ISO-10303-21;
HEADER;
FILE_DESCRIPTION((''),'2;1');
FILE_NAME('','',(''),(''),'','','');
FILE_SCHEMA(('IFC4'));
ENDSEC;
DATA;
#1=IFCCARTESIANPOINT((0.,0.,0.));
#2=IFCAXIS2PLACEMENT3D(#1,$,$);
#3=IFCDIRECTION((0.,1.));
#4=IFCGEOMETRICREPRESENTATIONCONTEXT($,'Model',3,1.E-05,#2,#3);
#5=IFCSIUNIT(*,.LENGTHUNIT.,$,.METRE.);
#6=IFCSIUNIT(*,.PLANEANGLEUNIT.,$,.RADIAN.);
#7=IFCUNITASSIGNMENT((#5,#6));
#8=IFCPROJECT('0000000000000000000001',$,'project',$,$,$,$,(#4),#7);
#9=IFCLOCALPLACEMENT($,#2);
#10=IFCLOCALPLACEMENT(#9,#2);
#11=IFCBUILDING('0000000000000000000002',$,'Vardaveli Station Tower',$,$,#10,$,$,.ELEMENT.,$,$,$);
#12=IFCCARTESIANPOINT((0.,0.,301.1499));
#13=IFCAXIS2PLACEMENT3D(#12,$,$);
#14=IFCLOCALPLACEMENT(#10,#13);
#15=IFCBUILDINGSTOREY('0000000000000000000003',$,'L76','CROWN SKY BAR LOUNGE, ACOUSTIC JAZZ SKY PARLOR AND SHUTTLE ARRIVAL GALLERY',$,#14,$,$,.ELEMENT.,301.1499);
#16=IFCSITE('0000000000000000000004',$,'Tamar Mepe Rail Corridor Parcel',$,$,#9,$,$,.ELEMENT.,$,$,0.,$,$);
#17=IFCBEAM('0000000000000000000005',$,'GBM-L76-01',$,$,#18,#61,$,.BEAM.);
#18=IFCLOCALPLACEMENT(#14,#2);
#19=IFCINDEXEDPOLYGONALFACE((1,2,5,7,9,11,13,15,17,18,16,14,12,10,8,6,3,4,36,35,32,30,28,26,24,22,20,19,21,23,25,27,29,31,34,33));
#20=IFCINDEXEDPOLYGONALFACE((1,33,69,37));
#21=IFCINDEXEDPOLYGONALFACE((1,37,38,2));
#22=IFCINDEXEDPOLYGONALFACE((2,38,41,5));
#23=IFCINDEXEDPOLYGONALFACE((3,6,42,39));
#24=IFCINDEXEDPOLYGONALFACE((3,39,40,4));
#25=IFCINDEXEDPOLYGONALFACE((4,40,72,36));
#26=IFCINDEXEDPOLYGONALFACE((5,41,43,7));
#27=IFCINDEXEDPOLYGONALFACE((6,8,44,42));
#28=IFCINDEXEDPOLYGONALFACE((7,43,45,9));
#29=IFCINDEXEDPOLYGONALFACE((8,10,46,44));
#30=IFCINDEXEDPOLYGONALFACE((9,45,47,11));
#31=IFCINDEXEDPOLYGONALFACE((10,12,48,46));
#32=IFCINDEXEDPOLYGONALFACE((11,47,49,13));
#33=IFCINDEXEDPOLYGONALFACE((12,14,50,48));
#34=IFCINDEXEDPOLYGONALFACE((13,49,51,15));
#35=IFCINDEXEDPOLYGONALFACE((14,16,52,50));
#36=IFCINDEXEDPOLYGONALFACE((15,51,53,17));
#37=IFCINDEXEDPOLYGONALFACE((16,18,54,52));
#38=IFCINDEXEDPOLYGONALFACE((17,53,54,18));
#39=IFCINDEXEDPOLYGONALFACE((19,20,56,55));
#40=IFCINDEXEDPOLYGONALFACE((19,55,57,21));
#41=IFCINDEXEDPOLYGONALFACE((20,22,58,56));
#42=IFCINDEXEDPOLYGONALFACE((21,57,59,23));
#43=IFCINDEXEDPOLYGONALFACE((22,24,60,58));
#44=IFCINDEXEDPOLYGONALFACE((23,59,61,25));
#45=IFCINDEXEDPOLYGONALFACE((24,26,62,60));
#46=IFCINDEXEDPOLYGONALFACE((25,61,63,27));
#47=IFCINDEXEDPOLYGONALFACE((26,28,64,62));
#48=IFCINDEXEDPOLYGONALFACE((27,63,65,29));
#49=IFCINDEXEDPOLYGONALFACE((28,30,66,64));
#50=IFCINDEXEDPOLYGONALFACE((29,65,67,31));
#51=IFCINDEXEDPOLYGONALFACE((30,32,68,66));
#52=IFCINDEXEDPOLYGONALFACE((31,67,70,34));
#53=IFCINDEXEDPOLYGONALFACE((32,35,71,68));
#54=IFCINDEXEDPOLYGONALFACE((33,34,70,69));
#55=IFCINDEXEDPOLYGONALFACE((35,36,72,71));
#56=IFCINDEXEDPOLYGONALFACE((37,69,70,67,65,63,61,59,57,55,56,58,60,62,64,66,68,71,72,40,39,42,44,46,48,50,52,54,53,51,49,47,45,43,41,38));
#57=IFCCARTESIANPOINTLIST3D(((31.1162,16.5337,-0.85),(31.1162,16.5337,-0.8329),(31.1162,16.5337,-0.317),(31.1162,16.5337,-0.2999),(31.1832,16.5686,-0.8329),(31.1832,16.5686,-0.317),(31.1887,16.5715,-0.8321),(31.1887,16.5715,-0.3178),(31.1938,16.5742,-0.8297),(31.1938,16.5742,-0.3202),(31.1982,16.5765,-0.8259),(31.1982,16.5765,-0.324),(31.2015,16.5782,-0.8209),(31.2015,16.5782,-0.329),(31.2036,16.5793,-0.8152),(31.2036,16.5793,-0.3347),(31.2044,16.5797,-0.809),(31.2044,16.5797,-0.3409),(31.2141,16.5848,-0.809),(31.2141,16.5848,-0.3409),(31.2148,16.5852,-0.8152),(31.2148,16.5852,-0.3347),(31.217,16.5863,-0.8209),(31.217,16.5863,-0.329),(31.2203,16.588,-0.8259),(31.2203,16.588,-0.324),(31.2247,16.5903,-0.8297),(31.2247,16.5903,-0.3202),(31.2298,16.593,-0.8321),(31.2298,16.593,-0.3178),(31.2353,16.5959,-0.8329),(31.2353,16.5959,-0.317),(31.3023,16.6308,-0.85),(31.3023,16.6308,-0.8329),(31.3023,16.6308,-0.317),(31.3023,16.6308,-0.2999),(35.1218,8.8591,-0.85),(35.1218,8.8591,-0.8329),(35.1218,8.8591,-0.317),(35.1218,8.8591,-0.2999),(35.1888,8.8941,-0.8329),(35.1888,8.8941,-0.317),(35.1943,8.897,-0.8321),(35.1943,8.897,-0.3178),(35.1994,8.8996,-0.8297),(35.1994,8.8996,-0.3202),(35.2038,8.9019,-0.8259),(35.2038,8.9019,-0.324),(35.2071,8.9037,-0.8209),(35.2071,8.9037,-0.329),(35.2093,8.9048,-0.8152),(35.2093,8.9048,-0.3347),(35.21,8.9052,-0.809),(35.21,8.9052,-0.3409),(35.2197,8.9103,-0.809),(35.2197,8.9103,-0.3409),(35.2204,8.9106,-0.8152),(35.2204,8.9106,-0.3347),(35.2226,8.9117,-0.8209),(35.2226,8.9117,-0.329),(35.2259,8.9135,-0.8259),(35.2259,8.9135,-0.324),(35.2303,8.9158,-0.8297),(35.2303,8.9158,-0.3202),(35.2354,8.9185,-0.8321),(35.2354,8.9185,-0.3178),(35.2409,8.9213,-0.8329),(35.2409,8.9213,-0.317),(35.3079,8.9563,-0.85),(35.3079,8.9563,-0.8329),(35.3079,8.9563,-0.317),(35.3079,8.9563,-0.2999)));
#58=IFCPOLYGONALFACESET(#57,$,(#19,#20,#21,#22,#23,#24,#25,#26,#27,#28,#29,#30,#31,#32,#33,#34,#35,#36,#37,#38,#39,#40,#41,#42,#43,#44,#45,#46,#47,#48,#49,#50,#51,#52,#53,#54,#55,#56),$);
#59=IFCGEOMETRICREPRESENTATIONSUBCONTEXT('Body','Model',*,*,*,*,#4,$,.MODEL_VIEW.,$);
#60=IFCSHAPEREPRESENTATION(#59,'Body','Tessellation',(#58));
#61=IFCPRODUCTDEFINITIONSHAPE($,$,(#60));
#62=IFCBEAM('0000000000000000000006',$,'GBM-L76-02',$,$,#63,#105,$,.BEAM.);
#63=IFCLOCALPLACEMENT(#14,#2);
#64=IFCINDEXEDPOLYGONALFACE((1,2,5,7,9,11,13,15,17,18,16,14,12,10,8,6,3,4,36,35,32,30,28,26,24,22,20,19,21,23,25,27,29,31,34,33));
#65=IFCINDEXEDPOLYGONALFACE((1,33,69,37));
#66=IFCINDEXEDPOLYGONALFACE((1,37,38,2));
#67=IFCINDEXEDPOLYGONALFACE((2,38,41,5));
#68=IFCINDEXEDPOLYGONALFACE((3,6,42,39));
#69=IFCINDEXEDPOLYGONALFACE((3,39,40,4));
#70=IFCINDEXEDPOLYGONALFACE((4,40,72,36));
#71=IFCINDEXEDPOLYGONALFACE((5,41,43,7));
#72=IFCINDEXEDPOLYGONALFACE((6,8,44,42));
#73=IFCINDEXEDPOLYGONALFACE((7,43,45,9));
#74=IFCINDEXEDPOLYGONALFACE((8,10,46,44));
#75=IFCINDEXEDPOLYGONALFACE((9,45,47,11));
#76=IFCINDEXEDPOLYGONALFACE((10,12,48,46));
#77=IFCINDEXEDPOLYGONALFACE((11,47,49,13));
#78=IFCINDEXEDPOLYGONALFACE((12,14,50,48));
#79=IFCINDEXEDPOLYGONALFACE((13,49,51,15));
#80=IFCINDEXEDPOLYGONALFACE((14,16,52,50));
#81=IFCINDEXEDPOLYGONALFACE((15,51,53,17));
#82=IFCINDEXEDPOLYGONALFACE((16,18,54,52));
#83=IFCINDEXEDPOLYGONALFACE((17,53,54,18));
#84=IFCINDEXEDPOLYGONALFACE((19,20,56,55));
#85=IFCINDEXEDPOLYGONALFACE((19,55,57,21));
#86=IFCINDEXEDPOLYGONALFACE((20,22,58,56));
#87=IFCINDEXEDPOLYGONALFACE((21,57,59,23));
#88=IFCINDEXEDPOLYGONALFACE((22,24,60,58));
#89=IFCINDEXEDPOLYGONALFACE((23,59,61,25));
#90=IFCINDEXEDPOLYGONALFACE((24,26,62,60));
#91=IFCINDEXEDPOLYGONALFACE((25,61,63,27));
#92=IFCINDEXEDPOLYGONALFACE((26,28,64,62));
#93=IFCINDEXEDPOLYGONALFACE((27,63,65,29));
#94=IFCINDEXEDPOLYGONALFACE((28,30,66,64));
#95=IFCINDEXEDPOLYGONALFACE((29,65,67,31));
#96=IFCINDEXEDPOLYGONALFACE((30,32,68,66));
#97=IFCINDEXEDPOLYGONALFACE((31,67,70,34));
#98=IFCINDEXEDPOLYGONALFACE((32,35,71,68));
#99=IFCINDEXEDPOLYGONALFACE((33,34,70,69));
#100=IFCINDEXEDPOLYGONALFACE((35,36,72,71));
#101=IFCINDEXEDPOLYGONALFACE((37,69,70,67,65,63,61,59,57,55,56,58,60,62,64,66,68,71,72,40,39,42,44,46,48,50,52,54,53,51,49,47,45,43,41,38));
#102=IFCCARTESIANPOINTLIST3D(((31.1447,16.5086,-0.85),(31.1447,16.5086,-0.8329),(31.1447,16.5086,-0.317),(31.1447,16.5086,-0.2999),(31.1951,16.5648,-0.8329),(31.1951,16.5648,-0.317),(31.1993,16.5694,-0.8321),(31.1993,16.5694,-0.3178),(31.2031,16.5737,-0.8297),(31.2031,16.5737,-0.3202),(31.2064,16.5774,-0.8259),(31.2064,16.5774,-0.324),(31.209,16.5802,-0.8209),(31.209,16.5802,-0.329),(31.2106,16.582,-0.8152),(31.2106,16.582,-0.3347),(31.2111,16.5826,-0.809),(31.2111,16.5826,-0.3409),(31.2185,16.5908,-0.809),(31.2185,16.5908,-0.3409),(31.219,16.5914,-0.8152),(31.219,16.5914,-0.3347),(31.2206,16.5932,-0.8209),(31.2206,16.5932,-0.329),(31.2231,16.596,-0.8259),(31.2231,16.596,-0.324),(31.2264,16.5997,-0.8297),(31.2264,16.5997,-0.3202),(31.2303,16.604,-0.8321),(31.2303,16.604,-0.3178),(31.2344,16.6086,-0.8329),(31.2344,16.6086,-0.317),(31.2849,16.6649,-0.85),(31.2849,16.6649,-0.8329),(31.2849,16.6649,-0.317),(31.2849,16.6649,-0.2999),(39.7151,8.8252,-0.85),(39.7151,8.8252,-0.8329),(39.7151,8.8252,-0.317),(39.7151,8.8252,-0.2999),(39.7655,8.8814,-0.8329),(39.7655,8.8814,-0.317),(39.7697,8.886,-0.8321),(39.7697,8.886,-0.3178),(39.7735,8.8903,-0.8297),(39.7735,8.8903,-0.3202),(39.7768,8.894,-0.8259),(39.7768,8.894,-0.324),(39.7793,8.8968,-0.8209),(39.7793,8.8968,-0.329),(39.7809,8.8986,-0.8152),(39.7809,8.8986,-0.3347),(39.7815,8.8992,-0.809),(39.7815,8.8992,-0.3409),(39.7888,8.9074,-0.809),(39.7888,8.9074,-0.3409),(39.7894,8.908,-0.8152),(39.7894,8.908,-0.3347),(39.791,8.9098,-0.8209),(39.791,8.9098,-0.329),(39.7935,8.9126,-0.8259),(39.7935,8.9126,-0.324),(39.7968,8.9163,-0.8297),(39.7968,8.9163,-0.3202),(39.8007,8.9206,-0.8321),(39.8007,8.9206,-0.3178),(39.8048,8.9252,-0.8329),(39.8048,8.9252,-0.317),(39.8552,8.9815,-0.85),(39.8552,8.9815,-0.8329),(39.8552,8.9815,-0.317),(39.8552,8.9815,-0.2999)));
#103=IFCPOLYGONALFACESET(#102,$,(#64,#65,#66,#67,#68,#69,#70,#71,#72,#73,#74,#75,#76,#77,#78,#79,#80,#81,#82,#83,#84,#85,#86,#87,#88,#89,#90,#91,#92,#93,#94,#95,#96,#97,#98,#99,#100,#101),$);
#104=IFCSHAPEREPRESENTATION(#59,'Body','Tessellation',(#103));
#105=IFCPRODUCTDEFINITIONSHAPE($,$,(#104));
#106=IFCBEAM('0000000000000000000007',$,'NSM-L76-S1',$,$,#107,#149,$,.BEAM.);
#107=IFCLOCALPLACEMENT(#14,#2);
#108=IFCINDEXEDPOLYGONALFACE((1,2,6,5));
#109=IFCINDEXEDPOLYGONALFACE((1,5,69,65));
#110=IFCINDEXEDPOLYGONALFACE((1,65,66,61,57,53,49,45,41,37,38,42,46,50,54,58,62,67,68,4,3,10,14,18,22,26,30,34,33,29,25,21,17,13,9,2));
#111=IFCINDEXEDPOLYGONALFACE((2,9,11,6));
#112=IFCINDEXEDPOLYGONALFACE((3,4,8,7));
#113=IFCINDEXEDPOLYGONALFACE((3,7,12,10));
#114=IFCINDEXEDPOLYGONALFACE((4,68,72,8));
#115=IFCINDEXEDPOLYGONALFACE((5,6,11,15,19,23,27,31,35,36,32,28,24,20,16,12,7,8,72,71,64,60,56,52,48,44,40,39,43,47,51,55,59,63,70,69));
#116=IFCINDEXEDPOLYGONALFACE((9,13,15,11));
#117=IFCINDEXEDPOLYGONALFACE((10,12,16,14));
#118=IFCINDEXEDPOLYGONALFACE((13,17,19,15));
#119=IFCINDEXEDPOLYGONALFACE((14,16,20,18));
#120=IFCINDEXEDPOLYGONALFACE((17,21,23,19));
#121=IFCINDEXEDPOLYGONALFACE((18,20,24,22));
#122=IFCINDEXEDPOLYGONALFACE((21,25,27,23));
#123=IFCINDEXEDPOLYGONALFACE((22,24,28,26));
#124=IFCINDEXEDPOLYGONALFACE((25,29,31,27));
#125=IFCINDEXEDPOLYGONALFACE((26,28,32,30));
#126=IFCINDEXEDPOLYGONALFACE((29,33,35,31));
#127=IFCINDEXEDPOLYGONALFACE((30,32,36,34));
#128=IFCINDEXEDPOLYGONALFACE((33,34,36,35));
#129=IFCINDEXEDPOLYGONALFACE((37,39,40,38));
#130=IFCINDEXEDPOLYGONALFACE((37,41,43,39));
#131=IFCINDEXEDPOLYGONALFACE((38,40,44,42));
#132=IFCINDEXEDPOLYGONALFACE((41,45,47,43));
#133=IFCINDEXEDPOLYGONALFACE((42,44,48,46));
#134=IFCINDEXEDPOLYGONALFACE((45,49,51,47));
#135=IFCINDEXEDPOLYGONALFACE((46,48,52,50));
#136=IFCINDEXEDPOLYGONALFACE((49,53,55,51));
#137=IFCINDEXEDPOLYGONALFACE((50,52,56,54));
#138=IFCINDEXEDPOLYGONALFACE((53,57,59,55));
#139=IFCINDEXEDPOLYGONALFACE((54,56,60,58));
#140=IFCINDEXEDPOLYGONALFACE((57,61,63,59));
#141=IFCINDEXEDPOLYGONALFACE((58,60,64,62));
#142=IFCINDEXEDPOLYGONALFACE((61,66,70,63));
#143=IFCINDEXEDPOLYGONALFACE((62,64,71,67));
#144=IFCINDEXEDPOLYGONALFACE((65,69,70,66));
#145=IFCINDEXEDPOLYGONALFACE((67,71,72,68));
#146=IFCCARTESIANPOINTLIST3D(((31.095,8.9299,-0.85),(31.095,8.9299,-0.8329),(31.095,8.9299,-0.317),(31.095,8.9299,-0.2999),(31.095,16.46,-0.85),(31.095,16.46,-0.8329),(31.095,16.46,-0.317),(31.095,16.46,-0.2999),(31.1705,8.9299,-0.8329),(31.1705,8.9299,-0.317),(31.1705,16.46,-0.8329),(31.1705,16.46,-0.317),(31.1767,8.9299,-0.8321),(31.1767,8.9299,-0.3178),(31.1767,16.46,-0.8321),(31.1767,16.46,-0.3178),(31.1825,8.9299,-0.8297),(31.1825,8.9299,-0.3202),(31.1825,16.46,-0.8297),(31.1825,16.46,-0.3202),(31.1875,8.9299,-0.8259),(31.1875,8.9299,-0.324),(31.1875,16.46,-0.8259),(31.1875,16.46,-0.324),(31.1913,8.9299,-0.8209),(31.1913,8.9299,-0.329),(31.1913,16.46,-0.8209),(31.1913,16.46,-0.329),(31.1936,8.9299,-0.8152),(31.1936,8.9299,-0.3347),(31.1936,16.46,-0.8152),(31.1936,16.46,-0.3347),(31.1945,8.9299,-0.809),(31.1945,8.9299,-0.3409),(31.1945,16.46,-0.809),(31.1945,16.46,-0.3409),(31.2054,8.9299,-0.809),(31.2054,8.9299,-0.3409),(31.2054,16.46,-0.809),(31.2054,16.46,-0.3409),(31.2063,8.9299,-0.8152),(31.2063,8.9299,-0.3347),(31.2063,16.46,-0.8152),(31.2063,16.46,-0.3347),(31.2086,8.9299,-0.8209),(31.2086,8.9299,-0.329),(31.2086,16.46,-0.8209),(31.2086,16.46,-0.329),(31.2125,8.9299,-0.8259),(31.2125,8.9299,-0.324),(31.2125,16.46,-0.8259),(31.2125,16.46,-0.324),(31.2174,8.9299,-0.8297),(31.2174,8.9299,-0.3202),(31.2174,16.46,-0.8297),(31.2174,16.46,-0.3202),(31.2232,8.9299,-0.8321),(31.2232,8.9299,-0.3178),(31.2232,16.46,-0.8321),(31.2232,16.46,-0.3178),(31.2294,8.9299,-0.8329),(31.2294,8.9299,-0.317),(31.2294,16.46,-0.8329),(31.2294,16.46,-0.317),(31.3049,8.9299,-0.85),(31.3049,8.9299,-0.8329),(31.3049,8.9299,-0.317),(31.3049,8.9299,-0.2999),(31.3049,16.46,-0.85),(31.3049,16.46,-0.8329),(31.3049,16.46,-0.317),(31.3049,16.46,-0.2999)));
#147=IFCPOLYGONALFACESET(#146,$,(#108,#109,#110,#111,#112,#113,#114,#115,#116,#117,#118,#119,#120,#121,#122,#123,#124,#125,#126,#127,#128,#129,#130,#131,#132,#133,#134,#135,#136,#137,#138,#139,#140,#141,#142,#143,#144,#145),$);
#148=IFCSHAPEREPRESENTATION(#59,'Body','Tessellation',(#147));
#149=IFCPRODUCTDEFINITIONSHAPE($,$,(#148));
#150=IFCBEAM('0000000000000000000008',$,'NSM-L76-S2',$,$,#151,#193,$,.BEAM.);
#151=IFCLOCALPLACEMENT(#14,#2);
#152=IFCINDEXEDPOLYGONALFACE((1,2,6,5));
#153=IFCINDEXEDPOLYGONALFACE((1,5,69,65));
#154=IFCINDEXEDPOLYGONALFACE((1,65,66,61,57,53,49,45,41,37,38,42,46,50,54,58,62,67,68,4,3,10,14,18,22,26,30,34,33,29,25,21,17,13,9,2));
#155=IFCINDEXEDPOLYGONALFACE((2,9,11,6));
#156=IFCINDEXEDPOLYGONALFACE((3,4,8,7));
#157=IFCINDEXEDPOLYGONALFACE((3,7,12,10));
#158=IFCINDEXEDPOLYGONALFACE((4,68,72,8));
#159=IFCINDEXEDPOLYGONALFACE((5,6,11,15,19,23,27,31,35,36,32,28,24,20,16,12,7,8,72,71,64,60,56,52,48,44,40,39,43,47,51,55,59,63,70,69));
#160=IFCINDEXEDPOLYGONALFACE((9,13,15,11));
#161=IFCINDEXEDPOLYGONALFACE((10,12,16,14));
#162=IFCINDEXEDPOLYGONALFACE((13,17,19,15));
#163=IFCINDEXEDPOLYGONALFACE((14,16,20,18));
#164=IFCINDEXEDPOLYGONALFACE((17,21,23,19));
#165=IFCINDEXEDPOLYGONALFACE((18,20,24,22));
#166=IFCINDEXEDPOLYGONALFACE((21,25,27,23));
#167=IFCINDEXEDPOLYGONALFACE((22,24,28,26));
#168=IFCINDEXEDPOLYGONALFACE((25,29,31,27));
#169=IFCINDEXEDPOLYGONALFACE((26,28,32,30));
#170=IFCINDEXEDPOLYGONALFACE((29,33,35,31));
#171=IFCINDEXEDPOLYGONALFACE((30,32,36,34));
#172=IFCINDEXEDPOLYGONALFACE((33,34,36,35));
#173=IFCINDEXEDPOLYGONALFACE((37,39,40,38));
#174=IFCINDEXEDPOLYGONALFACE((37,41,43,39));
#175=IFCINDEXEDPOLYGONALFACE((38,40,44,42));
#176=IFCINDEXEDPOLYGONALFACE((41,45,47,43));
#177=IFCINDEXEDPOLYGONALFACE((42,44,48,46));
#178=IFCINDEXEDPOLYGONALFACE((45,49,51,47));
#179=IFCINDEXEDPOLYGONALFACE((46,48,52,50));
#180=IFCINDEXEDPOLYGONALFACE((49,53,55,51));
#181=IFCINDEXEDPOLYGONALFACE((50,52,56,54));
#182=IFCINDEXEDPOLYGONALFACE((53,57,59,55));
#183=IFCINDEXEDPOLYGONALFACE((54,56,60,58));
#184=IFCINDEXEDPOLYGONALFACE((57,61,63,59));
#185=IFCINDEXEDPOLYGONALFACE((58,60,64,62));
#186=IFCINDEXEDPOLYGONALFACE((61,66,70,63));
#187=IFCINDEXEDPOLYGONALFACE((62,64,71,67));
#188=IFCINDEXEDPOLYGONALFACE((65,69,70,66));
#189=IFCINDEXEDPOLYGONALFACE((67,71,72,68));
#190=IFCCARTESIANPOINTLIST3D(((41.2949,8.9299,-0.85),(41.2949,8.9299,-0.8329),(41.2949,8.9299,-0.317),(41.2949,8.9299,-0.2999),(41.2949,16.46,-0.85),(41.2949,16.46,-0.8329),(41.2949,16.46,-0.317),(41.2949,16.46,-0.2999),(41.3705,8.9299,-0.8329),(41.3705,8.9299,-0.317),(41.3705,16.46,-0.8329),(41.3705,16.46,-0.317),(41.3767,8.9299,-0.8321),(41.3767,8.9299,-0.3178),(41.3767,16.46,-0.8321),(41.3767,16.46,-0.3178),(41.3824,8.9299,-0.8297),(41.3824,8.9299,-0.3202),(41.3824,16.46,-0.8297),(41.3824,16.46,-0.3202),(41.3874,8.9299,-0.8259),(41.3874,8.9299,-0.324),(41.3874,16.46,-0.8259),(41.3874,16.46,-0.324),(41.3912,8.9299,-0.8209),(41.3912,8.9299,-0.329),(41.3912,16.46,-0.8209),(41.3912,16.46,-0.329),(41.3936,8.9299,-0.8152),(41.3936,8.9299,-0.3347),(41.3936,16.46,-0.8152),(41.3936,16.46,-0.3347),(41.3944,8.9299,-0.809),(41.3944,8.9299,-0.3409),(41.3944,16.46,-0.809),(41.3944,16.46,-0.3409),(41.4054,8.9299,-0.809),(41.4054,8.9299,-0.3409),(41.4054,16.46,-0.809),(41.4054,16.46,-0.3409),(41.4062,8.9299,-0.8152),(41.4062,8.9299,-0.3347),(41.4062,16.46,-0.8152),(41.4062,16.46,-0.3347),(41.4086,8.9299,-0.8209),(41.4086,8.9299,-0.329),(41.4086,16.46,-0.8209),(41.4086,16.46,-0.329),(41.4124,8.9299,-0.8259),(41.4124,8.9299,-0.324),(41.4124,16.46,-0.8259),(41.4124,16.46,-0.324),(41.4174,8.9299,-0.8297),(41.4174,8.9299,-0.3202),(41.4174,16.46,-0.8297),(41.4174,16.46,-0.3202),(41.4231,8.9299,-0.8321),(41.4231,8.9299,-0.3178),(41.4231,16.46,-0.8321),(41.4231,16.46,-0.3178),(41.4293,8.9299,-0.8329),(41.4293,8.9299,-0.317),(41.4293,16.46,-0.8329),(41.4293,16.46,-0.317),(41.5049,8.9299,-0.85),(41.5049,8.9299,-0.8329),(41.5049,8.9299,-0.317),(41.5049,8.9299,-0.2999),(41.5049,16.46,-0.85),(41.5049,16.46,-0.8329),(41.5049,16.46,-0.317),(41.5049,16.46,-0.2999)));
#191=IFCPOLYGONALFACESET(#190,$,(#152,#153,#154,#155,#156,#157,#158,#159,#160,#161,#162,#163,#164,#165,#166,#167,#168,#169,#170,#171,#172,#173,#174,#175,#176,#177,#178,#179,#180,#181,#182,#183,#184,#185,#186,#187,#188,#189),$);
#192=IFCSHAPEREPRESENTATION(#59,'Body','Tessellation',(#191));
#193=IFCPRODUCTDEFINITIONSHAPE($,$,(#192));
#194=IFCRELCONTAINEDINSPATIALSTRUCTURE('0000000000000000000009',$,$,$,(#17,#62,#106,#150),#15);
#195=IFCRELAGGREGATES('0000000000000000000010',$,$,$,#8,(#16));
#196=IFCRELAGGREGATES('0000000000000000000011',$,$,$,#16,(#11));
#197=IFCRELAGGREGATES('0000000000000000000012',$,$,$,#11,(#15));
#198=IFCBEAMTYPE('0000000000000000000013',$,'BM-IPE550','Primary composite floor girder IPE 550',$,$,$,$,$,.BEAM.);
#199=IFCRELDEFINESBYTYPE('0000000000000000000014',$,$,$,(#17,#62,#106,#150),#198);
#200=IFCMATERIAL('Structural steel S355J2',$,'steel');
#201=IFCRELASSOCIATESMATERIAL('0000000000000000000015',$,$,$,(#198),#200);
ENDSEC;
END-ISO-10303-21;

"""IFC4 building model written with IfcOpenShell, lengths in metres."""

from ifc_helpers import new_model, si_unit, direction, frame, origin, origin_2d, place, context, subcontext, project, spatial, i_section, extrude, source, transform, mapped, material, material_profile, profile_set, type_object, element, save


model = new_model("IFC4")

# Units and contexts
model_context = context("Model", 3, precision=1e-05, world=origin(), true_north=direction((0.0, 1.0)))
body_context = subcontext(model_context, "Body", "Model", "MODEL_VIEW")
ifc_project = project(units=[si_unit("LENGTHUNIT", "METRE"), si_unit("PLANEANGLEUNIT", "RADIAN")], contexts=[model_context])

# Site, building, storey
site_placement = place(None, origin())
site = spatial("IfcSite", under=ifc_project, at=site_placement, Name="Tamar Mepe Rail Corridor Parcel", CompositionType="ELEMENT", RefElevation=0.0)
building_placement = place(site_placement, origin())
building = spatial("IfcBuilding", under=site, at=building_placement, Name="Vardaveli Station Tower", CompositionType="ELEMENT")
storey_placement = place(building_placement, frame((0.0, 0.0, 301.1499)))
storey = spatial("IfcBuildingStorey", under=building, at=storey_placement, Name="L76", Description="CROWN SKY BAR LOUNGE, ACOUSTIC JAZZ SKY PARLOR AND SHUTTLE ARRIVAL GALLERY", CompositionType="ELEMENT", Elevation=301.1499)

# Shared definitions
ifc_material_1 = material(Name="Structural steel S355J2", Category="steel")

# Beams
ifc_material_profile_1 = material_profile(ifc_material_1, i_section(OverallWidth=0.21, OverallDepth=0.55, WebThickness=0.011, FlangeThickness=0.0171, FilletRadius=0.0239, at=origin_2d()), Name="IPE 550")
ifc_profile_set_1 = profile_set([ifc_material_profile_1], Name="Structural steel S355J2")
beam_type_1 = type_object("IfcBeamType", Name="BM-IPE550", Description="Primary composite floor girder IPE 550", PredefinedType="BEAM", material=ifc_profile_set_1)
shared_shape_1 = source(origin(), body_context, "Body", "SweptSolid", [
    extrude(i_section(OverallWidth=0.21, OverallDepth=0.55, WebThickness=0.011, FlangeThickness=0.0171, FilletRadius=0.0239, at=origin_2d()), origin(), (0.0, 0.0, 1.0), 8.657),
])
beam_1_placement = place(storey_placement, frame((35.2148, 8.9077, -0.575), z_axis=(-0.462702, 0.886514, 0.0), x_axis=(-0.886514, -0.462702, 0.0)))
element("IfcBeam", 1, at=beam_1_placement, inside=storey, type_object=beam_type_1, Name="GBM-L76-01", PredefinedType="BEAM", context=body_context, shape_type="MappedRepresentation", body=[
    mapped(shared_shape_1, transform((0.0, 0.0, 0.0), scale=1.0)),
])
shared_shape_2 = source(origin(), body_context, "Body", "SweptSolid", [
    extrude(i_section(OverallWidth=0.21, OverallDepth=0.55, WebThickness=0.011, FlangeThickness=0.0171, FilletRadius=0.0239, at=origin_2d()), origin(), (0.0, 0.0, 1.0), 11.5103),
])
beam_2_placement = place(storey_placement, frame((39.7852, 8.9033, -0.575), z_axis=(-0.744586, 0.667527, 0.0), x_axis=(-0.667527, -0.744586, 0.0)))
element("IfcBeam", 2, at=beam_2_placement, inside=storey, type_object=beam_type_1, Name="GBM-L76-02", PredefinedType="BEAM", context=body_context, shape_type="MappedRepresentation", body=[
    mapped(shared_shape_2, transform((0.0, 0.0, 0.0), scale=1.0)),
])
shared_shape_3 = source(origin(), body_context, "Body", "SweptSolid", [
    extrude(i_section(OverallWidth=0.21, OverallDepth=0.55, WebThickness=0.011, FlangeThickness=0.0171, FilletRadius=0.0239, at=origin_2d()), origin(), (0.0, 0.0, 1.0), 7.53),
])
for number, where, z_axis, x_axis, name in (
    (3, (31.2, 8.9299, -0.575), (0.0, 1.0, 0.0), (-1.0, 0.0, 0.0), "NSM-L76-S1"),
    (4, (41.3999, 8.9299, -0.575), (0.0, 1.0, 0.0), (-1.0, 0.0, 0.0), "NSM-L76-S2"),
):
    element("IfcBeam", number, at=place(storey_placement, frame(where, z_axis=z_axis, x_axis=x_axis)), inside=storey, type_object=beam_type_1, Name=name, PredefinedType="BEAM", context=body_context, shape_type="MappedRepresentation", body=[
        mapped(shared_shape_3, transform((0.0, 0.0, 0.0), scale=1.0)),
    ])

save(model, "model.ifc")
